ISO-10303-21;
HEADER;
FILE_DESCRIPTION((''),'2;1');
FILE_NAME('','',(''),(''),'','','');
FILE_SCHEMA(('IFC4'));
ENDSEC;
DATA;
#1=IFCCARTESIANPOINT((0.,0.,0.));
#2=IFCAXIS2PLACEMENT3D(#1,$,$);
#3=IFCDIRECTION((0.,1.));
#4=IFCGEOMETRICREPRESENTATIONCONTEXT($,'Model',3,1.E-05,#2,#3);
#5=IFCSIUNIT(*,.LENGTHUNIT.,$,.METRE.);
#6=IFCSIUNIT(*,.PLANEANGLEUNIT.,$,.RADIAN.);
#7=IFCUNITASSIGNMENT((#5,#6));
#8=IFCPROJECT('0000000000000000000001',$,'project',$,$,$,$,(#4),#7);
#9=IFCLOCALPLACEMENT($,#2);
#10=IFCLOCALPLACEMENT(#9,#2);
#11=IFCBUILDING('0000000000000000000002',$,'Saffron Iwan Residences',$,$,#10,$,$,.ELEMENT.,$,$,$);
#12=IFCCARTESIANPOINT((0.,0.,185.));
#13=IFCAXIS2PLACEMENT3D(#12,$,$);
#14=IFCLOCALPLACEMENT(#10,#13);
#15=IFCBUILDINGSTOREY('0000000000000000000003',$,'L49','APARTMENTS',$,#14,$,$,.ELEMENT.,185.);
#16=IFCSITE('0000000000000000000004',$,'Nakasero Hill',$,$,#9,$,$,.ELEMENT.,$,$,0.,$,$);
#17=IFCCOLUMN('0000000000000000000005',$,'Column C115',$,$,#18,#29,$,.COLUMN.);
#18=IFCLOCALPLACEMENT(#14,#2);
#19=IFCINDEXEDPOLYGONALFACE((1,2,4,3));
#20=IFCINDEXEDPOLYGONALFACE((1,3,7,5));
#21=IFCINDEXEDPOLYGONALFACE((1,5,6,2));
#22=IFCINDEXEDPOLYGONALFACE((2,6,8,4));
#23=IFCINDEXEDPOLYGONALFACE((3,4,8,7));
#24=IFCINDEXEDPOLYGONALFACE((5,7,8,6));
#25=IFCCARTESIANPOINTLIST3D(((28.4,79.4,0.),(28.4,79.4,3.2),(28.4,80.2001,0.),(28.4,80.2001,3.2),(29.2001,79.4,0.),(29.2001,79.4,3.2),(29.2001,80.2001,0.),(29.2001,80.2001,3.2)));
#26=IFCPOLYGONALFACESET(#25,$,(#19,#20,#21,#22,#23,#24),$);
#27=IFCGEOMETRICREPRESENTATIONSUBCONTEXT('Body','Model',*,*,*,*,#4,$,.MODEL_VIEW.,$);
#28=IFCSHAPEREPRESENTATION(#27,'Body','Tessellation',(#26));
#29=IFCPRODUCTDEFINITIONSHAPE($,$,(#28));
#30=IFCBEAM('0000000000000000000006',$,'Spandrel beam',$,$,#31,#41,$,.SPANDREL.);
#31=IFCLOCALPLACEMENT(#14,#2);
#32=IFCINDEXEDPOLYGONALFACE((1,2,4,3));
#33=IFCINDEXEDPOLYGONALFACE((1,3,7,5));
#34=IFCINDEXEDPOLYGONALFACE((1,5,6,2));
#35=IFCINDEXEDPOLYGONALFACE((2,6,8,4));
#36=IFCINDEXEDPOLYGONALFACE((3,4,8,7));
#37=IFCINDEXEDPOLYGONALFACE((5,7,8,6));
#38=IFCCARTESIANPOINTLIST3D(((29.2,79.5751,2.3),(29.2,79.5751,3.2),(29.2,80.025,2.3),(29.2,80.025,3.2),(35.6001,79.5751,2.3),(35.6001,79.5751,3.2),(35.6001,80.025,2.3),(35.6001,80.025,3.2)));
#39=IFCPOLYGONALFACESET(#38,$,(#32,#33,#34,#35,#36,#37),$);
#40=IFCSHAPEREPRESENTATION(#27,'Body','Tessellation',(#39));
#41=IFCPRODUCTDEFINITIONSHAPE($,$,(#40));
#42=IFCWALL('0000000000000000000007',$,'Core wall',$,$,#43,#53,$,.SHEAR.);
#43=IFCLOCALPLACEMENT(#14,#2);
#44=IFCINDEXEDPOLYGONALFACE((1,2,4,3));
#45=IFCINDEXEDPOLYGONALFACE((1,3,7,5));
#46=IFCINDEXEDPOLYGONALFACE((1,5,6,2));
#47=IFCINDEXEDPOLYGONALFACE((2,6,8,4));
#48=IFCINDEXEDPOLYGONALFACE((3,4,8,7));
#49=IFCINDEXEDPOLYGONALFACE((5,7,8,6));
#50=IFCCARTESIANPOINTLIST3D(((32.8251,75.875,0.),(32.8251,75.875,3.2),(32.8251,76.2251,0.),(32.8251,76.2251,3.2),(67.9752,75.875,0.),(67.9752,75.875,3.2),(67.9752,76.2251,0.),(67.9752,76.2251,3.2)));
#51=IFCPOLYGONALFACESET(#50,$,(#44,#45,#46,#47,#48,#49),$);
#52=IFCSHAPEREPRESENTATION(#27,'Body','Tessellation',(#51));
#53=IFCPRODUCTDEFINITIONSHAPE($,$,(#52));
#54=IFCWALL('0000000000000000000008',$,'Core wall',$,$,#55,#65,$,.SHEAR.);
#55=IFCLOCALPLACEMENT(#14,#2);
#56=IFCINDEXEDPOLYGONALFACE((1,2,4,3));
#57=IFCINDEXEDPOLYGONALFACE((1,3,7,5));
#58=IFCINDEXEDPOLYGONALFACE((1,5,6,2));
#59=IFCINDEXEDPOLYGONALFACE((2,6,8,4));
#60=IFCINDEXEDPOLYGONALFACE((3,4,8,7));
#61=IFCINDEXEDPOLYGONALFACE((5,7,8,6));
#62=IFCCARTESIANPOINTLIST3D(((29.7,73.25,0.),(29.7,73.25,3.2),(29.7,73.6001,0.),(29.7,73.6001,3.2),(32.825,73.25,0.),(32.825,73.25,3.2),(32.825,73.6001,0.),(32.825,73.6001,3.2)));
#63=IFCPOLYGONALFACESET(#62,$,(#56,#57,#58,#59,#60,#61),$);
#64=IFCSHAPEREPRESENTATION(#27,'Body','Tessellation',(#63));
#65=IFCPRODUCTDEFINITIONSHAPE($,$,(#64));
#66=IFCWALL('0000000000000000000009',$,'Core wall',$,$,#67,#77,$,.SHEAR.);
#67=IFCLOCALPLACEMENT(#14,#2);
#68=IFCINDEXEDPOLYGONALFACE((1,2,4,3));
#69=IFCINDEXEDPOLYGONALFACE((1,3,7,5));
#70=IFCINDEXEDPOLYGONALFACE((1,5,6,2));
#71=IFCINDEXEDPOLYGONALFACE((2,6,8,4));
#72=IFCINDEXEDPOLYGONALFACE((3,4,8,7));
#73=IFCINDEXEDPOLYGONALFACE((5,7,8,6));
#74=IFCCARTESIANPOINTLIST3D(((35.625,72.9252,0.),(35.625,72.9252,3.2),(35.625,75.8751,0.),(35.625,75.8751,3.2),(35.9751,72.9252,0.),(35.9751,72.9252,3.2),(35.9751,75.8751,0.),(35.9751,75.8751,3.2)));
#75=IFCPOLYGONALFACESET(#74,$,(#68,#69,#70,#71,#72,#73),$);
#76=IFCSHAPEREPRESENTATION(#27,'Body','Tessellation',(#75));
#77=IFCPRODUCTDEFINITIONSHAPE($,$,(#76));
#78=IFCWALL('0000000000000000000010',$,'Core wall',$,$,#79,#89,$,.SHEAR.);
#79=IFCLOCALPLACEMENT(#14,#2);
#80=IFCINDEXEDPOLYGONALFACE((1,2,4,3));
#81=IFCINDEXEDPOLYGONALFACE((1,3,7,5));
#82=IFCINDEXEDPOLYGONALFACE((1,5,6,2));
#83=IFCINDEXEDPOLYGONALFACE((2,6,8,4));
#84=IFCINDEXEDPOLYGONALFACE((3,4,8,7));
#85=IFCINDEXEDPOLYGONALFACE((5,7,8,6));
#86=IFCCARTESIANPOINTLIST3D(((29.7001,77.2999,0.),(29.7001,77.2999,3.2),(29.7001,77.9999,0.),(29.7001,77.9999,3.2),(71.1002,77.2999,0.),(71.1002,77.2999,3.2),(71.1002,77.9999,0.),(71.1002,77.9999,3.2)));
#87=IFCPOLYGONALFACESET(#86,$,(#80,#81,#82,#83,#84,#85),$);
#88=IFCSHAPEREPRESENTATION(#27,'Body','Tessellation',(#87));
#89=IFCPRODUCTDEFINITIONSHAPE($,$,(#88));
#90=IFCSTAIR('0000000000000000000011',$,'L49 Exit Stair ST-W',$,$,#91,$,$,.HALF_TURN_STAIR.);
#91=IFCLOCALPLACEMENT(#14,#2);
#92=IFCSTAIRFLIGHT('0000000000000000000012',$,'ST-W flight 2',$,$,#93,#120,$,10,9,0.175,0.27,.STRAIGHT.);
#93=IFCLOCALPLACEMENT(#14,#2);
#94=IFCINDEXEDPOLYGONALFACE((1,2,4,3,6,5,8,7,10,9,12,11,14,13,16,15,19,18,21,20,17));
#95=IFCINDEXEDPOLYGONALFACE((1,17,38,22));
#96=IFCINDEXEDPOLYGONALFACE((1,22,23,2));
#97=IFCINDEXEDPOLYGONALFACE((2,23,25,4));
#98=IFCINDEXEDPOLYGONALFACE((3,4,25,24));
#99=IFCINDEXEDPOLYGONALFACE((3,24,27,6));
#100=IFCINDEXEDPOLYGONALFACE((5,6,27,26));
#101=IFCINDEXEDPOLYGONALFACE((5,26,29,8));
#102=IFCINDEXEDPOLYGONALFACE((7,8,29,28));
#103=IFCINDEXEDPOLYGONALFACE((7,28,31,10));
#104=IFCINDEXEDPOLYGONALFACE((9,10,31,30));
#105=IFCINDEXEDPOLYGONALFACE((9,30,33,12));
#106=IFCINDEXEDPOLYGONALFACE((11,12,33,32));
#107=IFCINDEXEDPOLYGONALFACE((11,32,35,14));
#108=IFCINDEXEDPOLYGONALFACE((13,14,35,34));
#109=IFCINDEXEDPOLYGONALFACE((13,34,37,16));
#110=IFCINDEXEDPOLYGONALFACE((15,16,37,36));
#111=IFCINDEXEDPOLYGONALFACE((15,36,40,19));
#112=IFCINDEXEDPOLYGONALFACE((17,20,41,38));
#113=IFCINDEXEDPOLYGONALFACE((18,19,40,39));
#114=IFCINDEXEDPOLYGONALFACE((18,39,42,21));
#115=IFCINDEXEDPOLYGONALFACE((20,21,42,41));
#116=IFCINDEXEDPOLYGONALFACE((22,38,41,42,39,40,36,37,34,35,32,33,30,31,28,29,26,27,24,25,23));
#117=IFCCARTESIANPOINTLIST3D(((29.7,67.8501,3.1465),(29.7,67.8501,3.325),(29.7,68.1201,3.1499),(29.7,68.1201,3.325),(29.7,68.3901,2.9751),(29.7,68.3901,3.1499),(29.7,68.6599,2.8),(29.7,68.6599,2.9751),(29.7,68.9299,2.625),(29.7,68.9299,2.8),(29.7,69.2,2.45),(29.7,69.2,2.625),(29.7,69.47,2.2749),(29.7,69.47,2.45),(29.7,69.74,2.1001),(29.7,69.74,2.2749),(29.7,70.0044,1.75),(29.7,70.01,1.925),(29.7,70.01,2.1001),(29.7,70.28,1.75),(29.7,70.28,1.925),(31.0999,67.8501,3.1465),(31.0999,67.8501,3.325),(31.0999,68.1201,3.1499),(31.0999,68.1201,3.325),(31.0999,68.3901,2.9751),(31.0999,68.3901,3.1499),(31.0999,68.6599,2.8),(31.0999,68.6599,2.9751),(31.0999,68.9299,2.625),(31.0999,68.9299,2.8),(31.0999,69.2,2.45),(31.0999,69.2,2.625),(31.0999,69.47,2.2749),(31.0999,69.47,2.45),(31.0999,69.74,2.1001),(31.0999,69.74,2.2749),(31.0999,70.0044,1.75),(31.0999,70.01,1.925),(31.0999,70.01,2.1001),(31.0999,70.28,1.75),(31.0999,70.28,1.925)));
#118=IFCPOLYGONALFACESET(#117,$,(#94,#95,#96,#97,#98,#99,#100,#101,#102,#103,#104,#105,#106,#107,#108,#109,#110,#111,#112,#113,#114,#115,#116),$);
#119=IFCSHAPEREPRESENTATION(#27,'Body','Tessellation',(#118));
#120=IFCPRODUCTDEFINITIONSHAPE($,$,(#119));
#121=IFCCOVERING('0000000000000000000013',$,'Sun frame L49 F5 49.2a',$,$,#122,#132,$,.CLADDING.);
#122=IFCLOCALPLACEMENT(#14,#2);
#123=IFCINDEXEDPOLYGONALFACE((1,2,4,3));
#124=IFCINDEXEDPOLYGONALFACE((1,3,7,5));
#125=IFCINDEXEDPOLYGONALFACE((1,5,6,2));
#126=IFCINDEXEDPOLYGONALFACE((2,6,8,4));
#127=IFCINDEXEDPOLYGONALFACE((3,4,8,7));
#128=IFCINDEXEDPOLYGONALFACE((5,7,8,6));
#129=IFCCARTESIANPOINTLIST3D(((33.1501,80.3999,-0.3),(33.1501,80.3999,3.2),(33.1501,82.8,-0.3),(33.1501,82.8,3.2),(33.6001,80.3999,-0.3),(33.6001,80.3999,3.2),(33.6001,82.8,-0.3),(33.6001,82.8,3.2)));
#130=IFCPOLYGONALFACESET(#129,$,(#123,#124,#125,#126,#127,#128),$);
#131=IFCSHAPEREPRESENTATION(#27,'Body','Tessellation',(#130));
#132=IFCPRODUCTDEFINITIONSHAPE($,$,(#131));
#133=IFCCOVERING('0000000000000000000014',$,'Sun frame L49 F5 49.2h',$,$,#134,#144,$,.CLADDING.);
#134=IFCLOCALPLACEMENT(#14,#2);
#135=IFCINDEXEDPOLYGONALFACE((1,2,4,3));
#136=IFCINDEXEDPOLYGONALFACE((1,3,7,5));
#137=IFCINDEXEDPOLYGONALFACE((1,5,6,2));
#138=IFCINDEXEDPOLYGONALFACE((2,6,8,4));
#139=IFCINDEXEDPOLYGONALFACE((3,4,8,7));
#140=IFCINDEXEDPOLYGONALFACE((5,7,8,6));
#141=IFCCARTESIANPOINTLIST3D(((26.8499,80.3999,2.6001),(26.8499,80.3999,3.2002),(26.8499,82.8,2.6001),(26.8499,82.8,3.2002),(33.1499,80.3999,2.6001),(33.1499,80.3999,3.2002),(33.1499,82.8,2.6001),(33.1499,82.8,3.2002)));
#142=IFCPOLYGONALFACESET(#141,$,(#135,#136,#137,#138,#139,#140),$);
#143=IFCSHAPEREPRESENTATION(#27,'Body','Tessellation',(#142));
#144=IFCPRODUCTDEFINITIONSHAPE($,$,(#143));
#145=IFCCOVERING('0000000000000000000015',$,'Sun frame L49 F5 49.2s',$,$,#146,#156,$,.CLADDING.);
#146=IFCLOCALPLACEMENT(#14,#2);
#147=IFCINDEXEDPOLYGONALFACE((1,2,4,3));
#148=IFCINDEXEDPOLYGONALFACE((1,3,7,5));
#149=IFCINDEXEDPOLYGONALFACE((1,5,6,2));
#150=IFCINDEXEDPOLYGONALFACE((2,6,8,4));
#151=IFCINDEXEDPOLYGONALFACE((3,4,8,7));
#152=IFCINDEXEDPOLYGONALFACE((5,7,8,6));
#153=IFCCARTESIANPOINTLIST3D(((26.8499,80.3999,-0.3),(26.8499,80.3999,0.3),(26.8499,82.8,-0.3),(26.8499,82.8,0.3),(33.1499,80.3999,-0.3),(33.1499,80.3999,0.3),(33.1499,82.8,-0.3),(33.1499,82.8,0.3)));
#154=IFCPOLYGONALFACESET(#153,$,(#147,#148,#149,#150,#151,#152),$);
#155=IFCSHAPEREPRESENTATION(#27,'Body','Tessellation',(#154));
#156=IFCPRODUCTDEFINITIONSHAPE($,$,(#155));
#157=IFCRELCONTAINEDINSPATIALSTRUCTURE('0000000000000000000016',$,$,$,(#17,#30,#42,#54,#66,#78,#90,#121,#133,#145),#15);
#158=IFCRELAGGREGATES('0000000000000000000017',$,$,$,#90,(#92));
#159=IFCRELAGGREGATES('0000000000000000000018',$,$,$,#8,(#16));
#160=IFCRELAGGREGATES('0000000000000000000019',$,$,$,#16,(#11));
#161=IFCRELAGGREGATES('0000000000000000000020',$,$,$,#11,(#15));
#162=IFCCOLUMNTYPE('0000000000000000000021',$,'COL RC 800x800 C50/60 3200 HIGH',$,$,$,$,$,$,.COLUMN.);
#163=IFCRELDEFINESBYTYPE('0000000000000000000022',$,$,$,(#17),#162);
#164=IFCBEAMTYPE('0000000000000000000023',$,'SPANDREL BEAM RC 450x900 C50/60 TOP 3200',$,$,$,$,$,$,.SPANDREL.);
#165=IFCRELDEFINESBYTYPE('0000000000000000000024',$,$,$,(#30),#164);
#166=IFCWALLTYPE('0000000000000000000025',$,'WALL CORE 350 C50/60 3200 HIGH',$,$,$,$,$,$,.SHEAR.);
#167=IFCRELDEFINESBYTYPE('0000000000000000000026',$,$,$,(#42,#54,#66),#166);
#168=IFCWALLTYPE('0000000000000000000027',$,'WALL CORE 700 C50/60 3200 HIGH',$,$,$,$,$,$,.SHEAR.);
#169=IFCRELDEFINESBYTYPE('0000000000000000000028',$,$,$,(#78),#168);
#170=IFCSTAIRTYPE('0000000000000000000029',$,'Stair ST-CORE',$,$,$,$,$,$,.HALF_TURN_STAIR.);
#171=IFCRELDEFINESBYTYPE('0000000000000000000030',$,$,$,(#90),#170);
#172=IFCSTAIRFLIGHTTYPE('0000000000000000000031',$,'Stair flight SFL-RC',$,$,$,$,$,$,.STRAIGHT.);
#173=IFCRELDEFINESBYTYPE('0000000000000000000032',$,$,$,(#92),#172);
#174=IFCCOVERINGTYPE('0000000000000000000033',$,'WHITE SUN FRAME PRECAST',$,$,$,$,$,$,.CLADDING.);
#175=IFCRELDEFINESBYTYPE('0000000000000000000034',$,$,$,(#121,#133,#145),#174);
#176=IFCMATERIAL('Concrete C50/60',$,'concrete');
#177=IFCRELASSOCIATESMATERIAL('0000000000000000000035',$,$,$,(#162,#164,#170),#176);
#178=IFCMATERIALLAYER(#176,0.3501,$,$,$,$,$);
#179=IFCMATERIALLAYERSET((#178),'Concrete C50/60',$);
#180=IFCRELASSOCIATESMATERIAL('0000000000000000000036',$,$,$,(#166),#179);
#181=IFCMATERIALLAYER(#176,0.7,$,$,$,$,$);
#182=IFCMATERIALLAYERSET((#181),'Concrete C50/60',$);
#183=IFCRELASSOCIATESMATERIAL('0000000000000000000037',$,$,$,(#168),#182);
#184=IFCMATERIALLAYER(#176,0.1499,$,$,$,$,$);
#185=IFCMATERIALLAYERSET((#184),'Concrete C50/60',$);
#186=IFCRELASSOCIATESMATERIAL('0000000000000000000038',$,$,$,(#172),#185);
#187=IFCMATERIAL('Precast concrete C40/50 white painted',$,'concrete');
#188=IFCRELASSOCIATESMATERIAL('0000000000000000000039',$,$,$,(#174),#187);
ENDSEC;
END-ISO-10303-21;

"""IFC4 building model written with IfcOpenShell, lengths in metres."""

from ifc_helpers import new_model, si_unit, direction, frame, frame_2d, origin, origin_2d, place, context, subcontext, project, spatial, polyline, rectangle, outline, extrude, source, transform, mapped, material, layer, layer_set, material_profile, profile_set, type_object, element, aggregate, save


model = new_model("IFC4")

# Units and contexts
model_context = context("Model", 3, precision=1e-05, world=origin(), true_north=direction((0.0, 1.0)))
body_context = subcontext(model_context, "Body", "Model", "MODEL_VIEW")
ifc_project = project(units=[si_unit("LENGTHUNIT", "METRE"), si_unit("PLANEANGLEUNIT", "RADIAN")], contexts=[model_context])

# Site, building, storey
site_placement = place(None, origin())
site = spatial("IfcSite", under=ifc_project, at=site_placement, Name="Nakasero Hill", CompositionType="ELEMENT", RefElevation=0.0)
building_placement = place(site_placement, origin())
building = spatial("IfcBuilding", under=site, at=building_placement, Name="Saffron Iwan Residences", CompositionType="ELEMENT")
storey_placement = place(building_placement, frame((0.0, 0.0, 185.0)))
storey = spatial("IfcBuildingStorey", under=building, at=storey_placement, Name="L49", Description="APARTMENTS", CompositionType="ELEMENT", Elevation=185.0)

# Column
ifc_material_1 = material(Name="Concrete C50/60", Category="concrete")
ifc_material_profile_1 = material_profile(ifc_material_1, rectangle(XDim=0.8, YDim=0.8, at=origin_2d()), Name="RC 800x800")
ifc_profile_set_1 = profile_set([ifc_material_profile_1], Name="Concrete C50/60")
column_type = type_object("IfcColumnType", Name="COL RC 800x800 C50/60 3200 HIGH", PredefinedType="COLUMN", material=ifc_profile_set_1)
shared_shape_1 = source(origin(), body_context, "Body", "SweptSolid", [
    extrude(rectangle(XDim=0.8, YDim=0.8, at=origin_2d()), origin(), (0.0, 0.0, 1.0), 3.2),
])
column_placement = place(storey_placement, frame((28.8, 79.8, 0.0), z_axis=(0.0, 0.0, 1.0), x_axis=(1.0, 0.0, 0.0)))
element("IfcColumn", 1, at=column_placement, inside=storey, type_object=column_type, Name="Column C115", PredefinedType="COLUMN", context=body_context, shape_type="MappedRepresentation", body=[
    mapped(shared_shape_1, transform((0.0, 0.0, 0.0))),
])

# Beam
ifc_material_profile_2 = material_profile(ifc_material_1, rectangle(XDim=0.45, YDim=0.8999, at=origin_2d()), Name="RC 450x900")
ifc_profile_set_2 = profile_set([ifc_material_profile_2], Name="Concrete C50/60")
beam_type = type_object("IfcBeamType", Name="SPANDREL BEAM RC 450x900 C50/60 TOP 3200", PredefinedType="SPANDREL", material=ifc_profile_set_2)
shared_shape_2 = source(origin(), body_context, "Body", "SweptSolid", [
    extrude(rectangle(XDim=0.45, YDim=0.8999, at=origin_2d()), origin(), (0.0, 0.0, 1.0), 6.4001),
])
beam_placement = place(storey_placement, frame((29.2, 79.8, 2.75), z_axis=(1.0, 0.0, 0.0), x_axis=(0.0, 1.0, 0.0)))
element("IfcBeam", 2, at=beam_placement, inside=storey, type_object=beam_type, Name="Spandrel beam", PredefinedType="SPANDREL", context=body_context, shape_type="MappedRepresentation", body=[
    mapped(shared_shape_2, transform((0.0, 0.0, 0.0))),
])

# Shared definitions
ifc_layer_1 = layer(ifc_material_1, 0.3501)
ifc_layer_set_1 = layer_set([ifc_layer_1], Name="Concrete C50/60")
wall_type_1 = type_object("IfcWallType", Name="WALL CORE 350 C50/60 3200 HIGH", PredefinedType="SHEAR", material=ifc_layer_set_1)

# Walls
wall_1_placement = place(storey_placement, frame((32.825, 76.05, 0.0), z_axis=(0.0, 0.0, 1.0), x_axis=(1.0, 0.0, 0.0)))
element("IfcWall", 3, at=wall_1_placement, inside=storey, type_object=wall_type_1, Name="Core wall", PredefinedType="SHEAR", context=body_context, shape_type="SweptSolid", body=[
    extrude(rectangle(XDim=35.1501, YDim=0.3501, at=frame_2d((17.5752, 0.0))), origin(), (0.0, 0.0, 1.0), 3.2),
])
wall_2_placement = place(storey_placement, frame((29.7, 73.425, 0.0), z_axis=(0.0, 0.0, 1.0), x_axis=(1.0, 0.0, 0.0)))
element("IfcWall", 4, at=wall_2_placement, inside=storey, type_object=wall_type_1, Name="Core wall", PredefinedType="SHEAR", context=body_context, shape_type="SweptSolid", body=[
    extrude(rectangle(XDim=3.125, YDim=0.3501, at=frame_2d((1.5625, 0.0))), origin(), (0.0, 0.0, 1.0), 3.2),
])
wall_3_placement = place(storey_placement, frame((35.8, 72.925, 0.0), z_axis=(0.0, 0.0, 1.0), x_axis=(0.0, 1.0, 0.0)))
element("IfcWall", 5, at=wall_3_placement, inside=storey, type_object=wall_type_1, Name="Core wall", PredefinedType="SHEAR", context=body_context, shape_type="SweptSolid", body=[
    extrude(rectangle(XDim=2.95, YDim=0.3501, at=frame_2d((1.4751, 0.0))), origin(), (0.0, 0.0, 1.0), 3.2),
])
ifc_layer_2 = layer(ifc_material_1, 0.7)
ifc_layer_set_2 = layer_set([ifc_layer_2], Name="Concrete C50/60")
wall_type_2 = type_object("IfcWallType", Name="WALL CORE 700 C50/60 3200 HIGH", PredefinedType="SHEAR", material=ifc_layer_set_2)
wall_4_placement = place(storey_placement, frame((29.7, 77.6499, 0.0), z_axis=(0.0, 0.0, 1.0), x_axis=(1.0, 0.0, 0.0)))
element("IfcWall", 6, at=wall_4_placement, inside=storey, type_object=wall_type_2, Name="Core wall", PredefinedType="SHEAR", context=body_context, shape_type="SweptSolid", body=[
    extrude(rectangle(XDim=41.4001, YDim=0.7, at=frame_2d((20.7002, 0.0))), origin(), (0.0, 0.0, 1.0), 3.2),
])

# Stair, stair flight
stair_type = type_object("IfcStairType", Name="Stair ST-CORE", PredefinedType="HALF_TURN_STAIR", material=ifc_material_1)
stair_placement = place(storey_placement, origin())
stair = element("IfcStair", 7, at=stair_placement, inside=storey, type_object=stair_type, Name="L49 Exit Stair ST-W", PredefinedType="HALF_TURN_STAIR")
ifc_layer_3 = layer(ifc_material_1, 0.1499)
ifc_layer_set_3 = layer_set([ifc_layer_3], Name="Concrete C50/60")
stair_flight_type = type_object("IfcStairFlightType", Name="Stair flight SFL-RC", PredefinedType="STRAIGHT", material=ifc_layer_set_3)
stair_flight_placement = place(storey_placement, frame((30.3999, 70.28, 1.75), z_axis=(0.0, 0.0, 1.0), x_axis=(0.0, -1.0, 0.0)))
stair_flight = element("IfcStairFlight", 8, at=stair_flight_placement, type_object=stair_flight_type, Name="ST-W flight 2", NumberOfRisers=10, NumberOfTreads=9, PredefinedType="STRAIGHT", RiserHeight=0.175, TreadLength=0.27, context=body_context, shape_type="SweptSolid", body=[
    extrude(outline(polyline([(0.0, 0.0), (0.0, 0.175), (0.27, 0.175), (0.27, 0.3501), (0.54, 0.3501), (0.54, 0.5249), (0.8101, 0.5249), (0.8101, 0.7), (1.0801, 0.7), (1.0801, 0.875), (1.3501, 0.875), (1.3501, 1.05), (1.6201, 1.05), (1.6201, 1.2251), (1.8899, 1.2251), (1.8899, 1.3999), (2.1599, 1.3999), (2.1599, 1.575), (2.4299, 1.575), (2.4299, 1.75), (2.4299, 1.3965), (0.2756, 0.0), (0.0, 0.0)])), frame((0.0, 0.7, 0.0), z_axis=(0.0, -1.0, 0.0), x_axis=(1.0, 0.0, 0.0)), (0.0, 0.0, 1.0), 1.3999),
])
aggregate(stair, [stair_flight])

# Coverings
ifc_material_2 = material(Name="Precast concrete C40/50 white painted", Category="concrete")
covering_type = type_object("IfcCoveringType", Name="WHITE SUN FRAME PRECAST", PredefinedType="CLADDING", material=ifc_material_2)
covering_placement = place(storey_placement, frame((33.6001, 80.3999, -0.3), z_axis=(0.0, 1.0, 0.0), x_axis=(-1.0, 0.0, 0.0)))
element("IfcCovering", 9, at=covering_placement, inside=storey, type_object=covering_type, Name="Sun frame L49 F5 49.2a", PredefinedType="CLADDING", context=body_context, shape_type="SweptSolid", body=[
    extrude(outline(polyline([(0.0, 0.0), (0.45, 0.0), (0.45, 3.5), (0.0, 3.5), (0.0, 0.0)])), origin(), (0.0, 0.0, 1.0), 2.4001),
])
for number, where, z_axis, x_axis, name in (
    (10, (33.1499, 80.3999, 2.6001), (0.0, 1.0, 0.0), (-1.0, 0.0, 0.0), "Sun frame L49 F5 49.2h"),
    (11, (33.1499, 80.3999, -0.3), (0.0, 1.0, 0.0), (-1.0, 0.0, 0.0), "Sun frame L49 F5 49.2s"),
):
    element("IfcCovering", number, at=place(storey_placement, frame(where, z_axis=z_axis, x_axis=x_axis)), inside=storey, type_object=covering_type, Name=name, PredefinedType="CLADDING", context=body_context, shape_type="SweptSolid", body=[
        extrude(outline(polyline([(0.0, 0.0), (6.3, 0.0), (6.3, 0.6001), (0.0, 0.6001), (0.0, 0.0)])), origin(), (0.0, 0.0, 1.0), 2.4001),
    ])

save(model, "model.ifc")
